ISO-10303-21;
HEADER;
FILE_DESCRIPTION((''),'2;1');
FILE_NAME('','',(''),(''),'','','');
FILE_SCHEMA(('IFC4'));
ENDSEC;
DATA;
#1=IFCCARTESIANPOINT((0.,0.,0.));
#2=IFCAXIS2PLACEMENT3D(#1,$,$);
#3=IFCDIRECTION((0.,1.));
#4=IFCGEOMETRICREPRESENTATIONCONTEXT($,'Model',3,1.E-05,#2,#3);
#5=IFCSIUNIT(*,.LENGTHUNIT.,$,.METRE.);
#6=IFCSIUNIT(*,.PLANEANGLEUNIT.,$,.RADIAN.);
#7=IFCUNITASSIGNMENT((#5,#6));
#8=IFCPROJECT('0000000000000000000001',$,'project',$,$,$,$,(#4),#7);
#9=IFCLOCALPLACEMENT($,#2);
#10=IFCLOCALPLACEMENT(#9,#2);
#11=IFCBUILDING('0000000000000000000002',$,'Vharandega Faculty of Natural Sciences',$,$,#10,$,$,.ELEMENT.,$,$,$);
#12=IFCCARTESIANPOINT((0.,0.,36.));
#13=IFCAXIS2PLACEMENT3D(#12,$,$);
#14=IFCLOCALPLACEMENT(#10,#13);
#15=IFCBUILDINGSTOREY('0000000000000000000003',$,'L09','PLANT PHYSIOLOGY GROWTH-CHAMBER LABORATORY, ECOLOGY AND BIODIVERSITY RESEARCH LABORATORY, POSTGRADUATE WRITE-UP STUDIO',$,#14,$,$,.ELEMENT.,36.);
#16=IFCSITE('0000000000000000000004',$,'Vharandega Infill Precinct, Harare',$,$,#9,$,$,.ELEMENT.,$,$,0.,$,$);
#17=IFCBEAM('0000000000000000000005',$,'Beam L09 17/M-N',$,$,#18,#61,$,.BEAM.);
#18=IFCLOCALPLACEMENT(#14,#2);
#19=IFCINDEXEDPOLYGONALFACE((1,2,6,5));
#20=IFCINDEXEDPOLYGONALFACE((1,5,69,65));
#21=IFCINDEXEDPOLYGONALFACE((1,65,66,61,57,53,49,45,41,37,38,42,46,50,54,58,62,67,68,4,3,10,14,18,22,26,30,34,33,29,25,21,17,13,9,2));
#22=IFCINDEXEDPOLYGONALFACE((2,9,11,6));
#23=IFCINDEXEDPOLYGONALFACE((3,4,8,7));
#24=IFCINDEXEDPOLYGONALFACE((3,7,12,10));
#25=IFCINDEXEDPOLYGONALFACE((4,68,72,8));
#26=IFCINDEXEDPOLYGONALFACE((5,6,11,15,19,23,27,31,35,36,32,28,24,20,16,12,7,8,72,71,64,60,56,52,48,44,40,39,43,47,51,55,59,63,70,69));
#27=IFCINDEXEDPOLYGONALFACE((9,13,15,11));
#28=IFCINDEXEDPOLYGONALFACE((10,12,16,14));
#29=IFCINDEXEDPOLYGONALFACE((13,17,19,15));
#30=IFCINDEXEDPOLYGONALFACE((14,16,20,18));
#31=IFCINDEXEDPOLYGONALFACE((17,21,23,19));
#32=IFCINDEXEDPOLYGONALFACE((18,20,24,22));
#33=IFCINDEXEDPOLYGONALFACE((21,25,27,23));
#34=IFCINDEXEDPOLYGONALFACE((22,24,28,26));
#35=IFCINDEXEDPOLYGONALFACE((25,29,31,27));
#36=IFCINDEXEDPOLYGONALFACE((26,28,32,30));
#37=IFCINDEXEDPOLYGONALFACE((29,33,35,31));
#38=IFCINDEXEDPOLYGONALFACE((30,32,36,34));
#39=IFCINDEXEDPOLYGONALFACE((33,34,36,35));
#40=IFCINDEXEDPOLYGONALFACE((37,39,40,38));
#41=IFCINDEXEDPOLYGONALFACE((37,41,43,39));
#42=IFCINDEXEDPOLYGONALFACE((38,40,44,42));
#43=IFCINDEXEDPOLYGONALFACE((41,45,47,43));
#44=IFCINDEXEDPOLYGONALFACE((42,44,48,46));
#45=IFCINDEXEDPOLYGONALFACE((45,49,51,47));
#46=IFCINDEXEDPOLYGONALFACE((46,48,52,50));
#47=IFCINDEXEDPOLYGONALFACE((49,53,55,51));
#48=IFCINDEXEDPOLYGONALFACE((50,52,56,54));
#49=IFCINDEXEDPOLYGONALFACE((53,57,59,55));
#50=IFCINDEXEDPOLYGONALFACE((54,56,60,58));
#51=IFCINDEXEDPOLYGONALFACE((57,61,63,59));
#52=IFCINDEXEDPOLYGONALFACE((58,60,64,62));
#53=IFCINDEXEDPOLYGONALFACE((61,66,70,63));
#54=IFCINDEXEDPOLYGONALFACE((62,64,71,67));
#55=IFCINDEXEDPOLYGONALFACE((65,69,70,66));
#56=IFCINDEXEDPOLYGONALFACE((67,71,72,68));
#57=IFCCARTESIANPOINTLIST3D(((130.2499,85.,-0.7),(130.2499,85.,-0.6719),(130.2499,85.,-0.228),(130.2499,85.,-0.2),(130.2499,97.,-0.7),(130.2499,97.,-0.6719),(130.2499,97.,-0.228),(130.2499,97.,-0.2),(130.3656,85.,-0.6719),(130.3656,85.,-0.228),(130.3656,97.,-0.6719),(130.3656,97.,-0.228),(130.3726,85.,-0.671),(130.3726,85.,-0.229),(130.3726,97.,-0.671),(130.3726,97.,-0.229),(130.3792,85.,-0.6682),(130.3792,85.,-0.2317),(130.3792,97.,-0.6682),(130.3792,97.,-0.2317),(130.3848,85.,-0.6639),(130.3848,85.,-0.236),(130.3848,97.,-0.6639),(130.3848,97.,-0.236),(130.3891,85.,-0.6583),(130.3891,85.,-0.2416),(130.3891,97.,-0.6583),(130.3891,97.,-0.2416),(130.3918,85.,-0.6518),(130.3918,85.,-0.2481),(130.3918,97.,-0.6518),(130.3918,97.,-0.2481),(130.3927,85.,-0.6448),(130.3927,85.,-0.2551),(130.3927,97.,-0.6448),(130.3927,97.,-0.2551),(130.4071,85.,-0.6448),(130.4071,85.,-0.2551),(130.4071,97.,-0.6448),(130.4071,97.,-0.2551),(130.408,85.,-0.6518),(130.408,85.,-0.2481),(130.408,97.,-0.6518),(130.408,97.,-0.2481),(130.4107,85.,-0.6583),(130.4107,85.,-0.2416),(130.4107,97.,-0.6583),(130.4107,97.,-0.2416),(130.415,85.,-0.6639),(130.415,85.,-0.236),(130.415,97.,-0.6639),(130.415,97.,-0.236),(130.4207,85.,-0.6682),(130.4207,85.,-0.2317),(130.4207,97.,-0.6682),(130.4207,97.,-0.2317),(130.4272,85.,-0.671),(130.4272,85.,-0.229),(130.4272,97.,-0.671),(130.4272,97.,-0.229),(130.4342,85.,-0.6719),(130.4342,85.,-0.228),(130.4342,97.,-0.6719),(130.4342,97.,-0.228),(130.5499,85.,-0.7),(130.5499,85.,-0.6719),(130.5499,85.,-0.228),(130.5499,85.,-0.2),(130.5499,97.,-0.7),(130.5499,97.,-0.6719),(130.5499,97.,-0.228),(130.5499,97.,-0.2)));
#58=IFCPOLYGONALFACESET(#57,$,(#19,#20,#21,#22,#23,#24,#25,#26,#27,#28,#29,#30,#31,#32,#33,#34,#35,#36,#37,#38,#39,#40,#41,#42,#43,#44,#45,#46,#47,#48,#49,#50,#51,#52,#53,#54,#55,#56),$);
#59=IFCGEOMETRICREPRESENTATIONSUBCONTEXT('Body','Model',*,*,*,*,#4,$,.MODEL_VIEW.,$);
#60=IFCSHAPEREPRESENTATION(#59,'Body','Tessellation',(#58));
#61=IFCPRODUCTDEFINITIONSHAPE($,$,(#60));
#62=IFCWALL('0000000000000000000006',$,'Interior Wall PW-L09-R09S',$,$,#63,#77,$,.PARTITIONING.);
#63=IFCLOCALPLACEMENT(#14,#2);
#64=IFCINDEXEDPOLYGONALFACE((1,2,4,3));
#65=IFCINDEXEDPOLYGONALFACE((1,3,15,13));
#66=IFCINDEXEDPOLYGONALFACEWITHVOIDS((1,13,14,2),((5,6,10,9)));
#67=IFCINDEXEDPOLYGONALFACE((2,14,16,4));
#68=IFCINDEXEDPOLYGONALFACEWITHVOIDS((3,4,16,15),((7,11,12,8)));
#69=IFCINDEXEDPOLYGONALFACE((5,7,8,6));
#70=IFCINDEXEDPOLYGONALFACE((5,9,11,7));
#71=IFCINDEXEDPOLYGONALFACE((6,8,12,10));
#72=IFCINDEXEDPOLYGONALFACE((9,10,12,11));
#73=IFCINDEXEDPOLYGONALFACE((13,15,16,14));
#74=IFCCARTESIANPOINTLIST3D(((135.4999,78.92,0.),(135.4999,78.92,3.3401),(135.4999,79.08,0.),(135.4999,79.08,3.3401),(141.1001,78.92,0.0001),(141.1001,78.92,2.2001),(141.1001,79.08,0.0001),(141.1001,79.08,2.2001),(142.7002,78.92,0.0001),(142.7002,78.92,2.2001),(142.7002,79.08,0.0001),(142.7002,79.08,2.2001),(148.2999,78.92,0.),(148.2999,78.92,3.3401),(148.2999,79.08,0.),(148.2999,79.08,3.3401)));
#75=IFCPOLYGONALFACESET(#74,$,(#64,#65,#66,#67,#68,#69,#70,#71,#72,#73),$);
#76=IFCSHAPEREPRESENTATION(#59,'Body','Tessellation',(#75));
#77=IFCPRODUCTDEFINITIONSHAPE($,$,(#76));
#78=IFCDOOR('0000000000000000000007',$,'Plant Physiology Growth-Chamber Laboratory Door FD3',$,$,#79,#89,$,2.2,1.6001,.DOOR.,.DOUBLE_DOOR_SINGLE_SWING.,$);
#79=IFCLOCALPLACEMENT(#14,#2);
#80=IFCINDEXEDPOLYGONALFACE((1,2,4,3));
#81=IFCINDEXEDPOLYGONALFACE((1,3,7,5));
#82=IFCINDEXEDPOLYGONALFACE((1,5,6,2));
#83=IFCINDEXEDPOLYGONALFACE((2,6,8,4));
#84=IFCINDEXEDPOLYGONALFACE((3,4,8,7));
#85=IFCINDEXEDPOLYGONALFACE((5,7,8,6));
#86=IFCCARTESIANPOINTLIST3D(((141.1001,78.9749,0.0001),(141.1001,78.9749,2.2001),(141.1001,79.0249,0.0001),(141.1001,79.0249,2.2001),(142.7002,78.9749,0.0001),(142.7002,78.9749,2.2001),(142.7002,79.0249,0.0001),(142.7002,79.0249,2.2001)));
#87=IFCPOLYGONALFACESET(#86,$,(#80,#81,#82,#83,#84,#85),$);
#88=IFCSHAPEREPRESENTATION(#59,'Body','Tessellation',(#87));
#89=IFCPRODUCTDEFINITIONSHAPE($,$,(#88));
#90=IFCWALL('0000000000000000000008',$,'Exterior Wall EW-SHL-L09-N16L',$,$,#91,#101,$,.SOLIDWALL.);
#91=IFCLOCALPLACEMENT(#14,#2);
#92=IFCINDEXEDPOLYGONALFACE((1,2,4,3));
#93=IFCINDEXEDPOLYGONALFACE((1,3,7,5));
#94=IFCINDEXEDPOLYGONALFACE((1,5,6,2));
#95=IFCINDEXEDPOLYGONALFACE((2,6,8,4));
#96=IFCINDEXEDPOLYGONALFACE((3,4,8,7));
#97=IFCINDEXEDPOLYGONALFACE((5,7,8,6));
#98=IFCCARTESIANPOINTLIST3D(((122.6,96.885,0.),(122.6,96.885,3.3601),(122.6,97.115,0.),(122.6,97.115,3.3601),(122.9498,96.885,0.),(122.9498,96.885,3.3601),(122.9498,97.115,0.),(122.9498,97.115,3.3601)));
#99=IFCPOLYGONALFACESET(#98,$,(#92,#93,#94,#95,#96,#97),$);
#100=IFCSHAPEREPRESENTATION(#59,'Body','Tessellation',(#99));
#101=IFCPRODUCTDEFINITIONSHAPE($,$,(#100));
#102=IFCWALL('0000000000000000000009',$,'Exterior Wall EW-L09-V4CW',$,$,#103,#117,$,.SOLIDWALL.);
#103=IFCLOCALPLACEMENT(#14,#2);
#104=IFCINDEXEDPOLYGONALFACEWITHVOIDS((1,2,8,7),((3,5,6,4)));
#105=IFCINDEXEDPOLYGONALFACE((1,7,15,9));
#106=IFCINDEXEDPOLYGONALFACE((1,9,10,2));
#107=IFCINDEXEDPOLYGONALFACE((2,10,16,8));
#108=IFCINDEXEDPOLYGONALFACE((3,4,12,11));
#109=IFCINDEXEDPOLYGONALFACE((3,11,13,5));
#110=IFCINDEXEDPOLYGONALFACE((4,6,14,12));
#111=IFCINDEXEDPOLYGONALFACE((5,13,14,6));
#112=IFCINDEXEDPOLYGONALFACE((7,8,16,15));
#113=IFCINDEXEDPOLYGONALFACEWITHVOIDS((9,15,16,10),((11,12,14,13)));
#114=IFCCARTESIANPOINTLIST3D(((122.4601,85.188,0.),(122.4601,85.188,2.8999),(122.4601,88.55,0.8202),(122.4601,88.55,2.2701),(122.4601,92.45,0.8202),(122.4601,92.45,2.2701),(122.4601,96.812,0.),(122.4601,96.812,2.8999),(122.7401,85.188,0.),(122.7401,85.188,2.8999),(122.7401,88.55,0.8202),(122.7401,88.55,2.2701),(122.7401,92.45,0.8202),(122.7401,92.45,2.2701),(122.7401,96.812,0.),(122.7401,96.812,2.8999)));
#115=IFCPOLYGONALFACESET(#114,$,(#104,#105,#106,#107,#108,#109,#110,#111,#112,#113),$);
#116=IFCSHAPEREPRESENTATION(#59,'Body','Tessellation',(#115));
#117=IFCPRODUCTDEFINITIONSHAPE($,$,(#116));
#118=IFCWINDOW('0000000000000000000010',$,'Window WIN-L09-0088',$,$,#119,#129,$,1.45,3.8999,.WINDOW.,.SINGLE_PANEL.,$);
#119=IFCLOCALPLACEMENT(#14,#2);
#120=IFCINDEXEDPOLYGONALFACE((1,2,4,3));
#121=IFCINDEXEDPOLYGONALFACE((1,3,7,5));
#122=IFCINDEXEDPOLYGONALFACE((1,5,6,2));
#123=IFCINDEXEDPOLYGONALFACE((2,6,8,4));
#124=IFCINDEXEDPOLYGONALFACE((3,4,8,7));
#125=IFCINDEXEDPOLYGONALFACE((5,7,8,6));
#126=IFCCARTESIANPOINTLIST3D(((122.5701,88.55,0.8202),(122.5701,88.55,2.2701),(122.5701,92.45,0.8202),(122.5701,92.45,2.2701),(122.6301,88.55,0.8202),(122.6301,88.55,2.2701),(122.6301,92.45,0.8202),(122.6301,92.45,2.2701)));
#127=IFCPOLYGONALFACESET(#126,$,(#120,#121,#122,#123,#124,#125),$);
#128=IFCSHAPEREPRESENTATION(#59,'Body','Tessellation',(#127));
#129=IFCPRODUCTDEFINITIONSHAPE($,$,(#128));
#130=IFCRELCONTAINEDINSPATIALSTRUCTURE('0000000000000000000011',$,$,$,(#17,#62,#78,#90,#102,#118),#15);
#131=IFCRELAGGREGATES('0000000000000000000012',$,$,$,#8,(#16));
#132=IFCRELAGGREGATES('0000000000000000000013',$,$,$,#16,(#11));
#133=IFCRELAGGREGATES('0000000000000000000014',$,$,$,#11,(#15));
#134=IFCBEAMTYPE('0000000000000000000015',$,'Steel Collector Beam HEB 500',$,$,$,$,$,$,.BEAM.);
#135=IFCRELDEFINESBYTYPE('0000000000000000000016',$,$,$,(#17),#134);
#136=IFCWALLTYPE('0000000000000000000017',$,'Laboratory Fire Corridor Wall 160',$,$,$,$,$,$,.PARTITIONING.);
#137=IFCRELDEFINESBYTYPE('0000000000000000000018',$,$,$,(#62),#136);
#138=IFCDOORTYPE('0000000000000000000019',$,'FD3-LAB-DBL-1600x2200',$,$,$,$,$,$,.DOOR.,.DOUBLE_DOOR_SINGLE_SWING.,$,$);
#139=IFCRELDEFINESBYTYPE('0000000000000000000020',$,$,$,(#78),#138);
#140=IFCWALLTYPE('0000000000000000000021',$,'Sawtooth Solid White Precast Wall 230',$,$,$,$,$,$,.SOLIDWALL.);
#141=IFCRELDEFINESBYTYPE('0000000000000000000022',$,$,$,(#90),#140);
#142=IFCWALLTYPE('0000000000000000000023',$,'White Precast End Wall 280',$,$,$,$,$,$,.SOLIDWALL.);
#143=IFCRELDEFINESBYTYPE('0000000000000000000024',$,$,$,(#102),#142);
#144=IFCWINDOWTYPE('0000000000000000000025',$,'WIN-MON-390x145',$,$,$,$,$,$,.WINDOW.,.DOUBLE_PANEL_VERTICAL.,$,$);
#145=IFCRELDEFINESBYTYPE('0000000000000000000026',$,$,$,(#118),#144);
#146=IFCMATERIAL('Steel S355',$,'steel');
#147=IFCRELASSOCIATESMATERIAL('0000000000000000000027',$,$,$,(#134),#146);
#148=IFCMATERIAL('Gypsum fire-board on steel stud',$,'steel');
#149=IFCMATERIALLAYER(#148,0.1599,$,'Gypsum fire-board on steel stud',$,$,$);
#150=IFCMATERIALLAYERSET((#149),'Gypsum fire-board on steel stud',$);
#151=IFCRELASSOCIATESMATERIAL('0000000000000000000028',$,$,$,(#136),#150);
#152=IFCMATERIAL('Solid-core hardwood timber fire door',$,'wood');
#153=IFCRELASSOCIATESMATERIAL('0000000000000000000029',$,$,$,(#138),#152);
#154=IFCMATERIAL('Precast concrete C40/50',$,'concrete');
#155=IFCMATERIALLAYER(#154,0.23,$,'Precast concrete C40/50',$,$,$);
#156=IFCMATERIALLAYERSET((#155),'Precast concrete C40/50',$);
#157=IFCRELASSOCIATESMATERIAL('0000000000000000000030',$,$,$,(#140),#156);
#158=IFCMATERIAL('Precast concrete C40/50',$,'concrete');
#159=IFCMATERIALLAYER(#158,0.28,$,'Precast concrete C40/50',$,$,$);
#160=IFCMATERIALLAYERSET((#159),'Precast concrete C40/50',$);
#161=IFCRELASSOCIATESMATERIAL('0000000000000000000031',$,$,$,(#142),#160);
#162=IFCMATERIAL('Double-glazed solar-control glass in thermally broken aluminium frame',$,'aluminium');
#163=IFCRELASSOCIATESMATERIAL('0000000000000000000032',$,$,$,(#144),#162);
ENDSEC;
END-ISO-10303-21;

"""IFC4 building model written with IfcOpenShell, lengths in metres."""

from ifc_helpers import new_model, si_unit, direction, frame, frame_2d, origin, origin_2d, place, context, subcontext, project, spatial, rectangle, i_section, extrude, material, layer, layer_set, material_profile, profile_set, type_object, element, fill, save


model = new_model("IFC4")

# Units and contexts
model_context = context("Model", 3, precision=1e-05, world=origin(), true_north=direction((0.0, 1.0)))
body_context = subcontext(model_context, "Body", "Model", "MODEL_VIEW")
ifc_project = project(units=[si_unit("LENGTHUNIT", "METRE"), si_unit("PLANEANGLEUNIT", "RADIAN")], contexts=[model_context])

# Site, building, storey
site_placement = place(None, origin())
site = spatial("IfcSite", under=ifc_project, at=site_placement, Name="Vharandega Infill Precinct, Harare", CompositionType="ELEMENT", RefElevation=0.0)
building_placement = place(site_placement, origin())
building = spatial("IfcBuilding", under=site, at=building_placement, Name="Vharandega Faculty of Natural Sciences", CompositionType="ELEMENT")
storey_placement = place(building_placement, frame((0.0, 0.0, 36.0)))
storey = spatial("IfcBuildingStorey", under=building, at=storey_placement, Name="L09", Description="PLANT PHYSIOLOGY GROWTH-CHAMBER LABORATORY, ECOLOGY AND BIODIVERSITY RESEARCH LABORATORY, POSTGRADUATE WRITE-UP STUDIO", CompositionType="ELEMENT", Elevation=36.0)

# Beam
ifc_material_1 = material(Name="Steel S355", Category="steel")
ifc_material_profile_1 = material_profile(ifc_material_1, i_section(OverallWidth=0.3, OverallDepth=0.5, WebThickness=0.0144, FlangeThickness=0.0281, FilletRadius=0.0271, at=origin_2d()), Name="HEB 500")
ifc_profile_set_1 = profile_set([ifc_material_profile_1], Name="Steel S355")
beam_type_1 = type_object("IfcBeamType", Name="Steel Collector Beam HEB 500", PredefinedType="BEAM", material=ifc_profile_set_1)
for number, where, z_axis, x_axis, name in (
    (1, (130.3999, 85.0, -0.45), (0.0, 1.0, 0.0), (-1.0, 0.0, 0.0), "Beam L09 17/M-N"),
):
    element("IfcBeam", number, at=place(storey_placement, frame(where, z_axis=z_axis, x_axis=x_axis)), inside=storey, type_object=beam_type_1, Name=name, PredefinedType="BEAM", context=body_context, shape_type="SweptSolid", body=[
        extrude(i_section(OverallWidth=0.3, OverallDepth=0.5, WebThickness=0.0144, FlangeThickness=0.0281, FilletRadius=0.0271, at=origin_2d()), origin(), (0.0, 0.0, 1.0), 12.0),
    ])

# Wall, opening, door
ifc_material_2 = material(Name="Gypsum fire-board on steel stud", Category="steel")
ifc_layer_1 = layer(ifc_material_2, 0.1599, Name="Gypsum fire-board on steel stud")
ifc_layer_set_1 = layer_set([ifc_layer_1], Name="Gypsum fire-board on steel stud")
wall_type_1 = type_object("IfcWallType", Name="Laboratory Fire Corridor Wall 160", PredefinedType="PARTITIONING", material=ifc_layer_set_1)
wall_1_placement = place(storey_placement, frame((135.5, 79.0, 0.0), z_axis=(0.0, 0.0, 1.0), x_axis=(1.0, 0.0, 0.0)))
wall_1 = element("IfcWall", 2, at=wall_1_placement, inside=storey, type_object=wall_type_1, Name="Interior Wall PW-L09-R09S", PredefinedType="PARTITIONING", context=body_context, shape_type="SweptSolid", body=[
    extrude(rectangle(XDim=12.8, YDim=0.1599, at=frame_2d((6.3999, 0.0))), origin(), (0.0, 0.0, 1.0), 3.3401),
])
opening_1_placement = place(wall_1_placement, frame((5.6001, 0.0, 0.0)))
opening_1 = element("IfcOpeningElement", 3, at=opening_1_placement, cuts=wall_1, PredefinedType="OPENING", context=body_context, shape_type="SweptSolid", body=[
    extrude(rectangle(XDim=1.6001, YDim=2.2, at=frame_2d((0.8, 1.1001))), frame((0.0, 0.0898, 0.0), z_axis=(0.0, -1.0, 0.0), x_axis=(1.0, 0.0, 0.0)), (0.0, 0.0, 1.0), 0.1799),
])
ifc_material_3 = material(Name="Solid-core hardwood timber fire door", Category="wood")
door_type = type_object("IfcDoorType", Name="FD3-LAB-DBL-1600x2200", OperationType="DOUBLE_DOOR_SINGLE_SWING", PredefinedType="DOOR", material=ifc_material_3)
door_placement = place(opening_1_placement, origin())
door = element("IfcDoor", 4, at=door_placement, inside=storey, type_object=door_type, Name="Plant Physiology Growth-Chamber Laboratory Door FD3", OperationType="DOUBLE_DOOR_SINGLE_SWING", OverallHeight=2.2, OverallWidth=1.6001, PredefinedType="DOOR", context=body_context, shape_type="SweptSolid", body=[
    extrude(rectangle(XDim=1.6001, YDim=2.2, at=frame_2d((0.8, 1.1001))), frame((0.0, 0.0249, 0.0), z_axis=(0.0, -1.0, 0.0), x_axis=(1.0, 0.0, 0.0)), (0.0, 0.0, 1.0), 0.05),
])
fill(opening_1, door)

# Wall
ifc_material_4 = material(Name="Precast concrete C40/50", Category="concrete")
ifc_layer_2 = layer(ifc_material_4, 0.23, Name="Precast concrete C40/50")
ifc_layer_set_2 = layer_set([ifc_layer_2], Name="Precast concrete C40/50")
wall_type_2 = type_object("IfcWallType", Name="Sawtooth Solid White Precast Wall 230", PredefinedType="SOLIDWALL", material=ifc_layer_set_2)
wall_2_placement = place(storey_placement, frame((122.6001, 97.0, 0.0), z_axis=(0.0, 0.0, 1.0), x_axis=(1.0, 0.0, 0.0)))
element("IfcWall", 5, at=wall_2_placement, inside=storey, type_object=wall_type_2, Name="Exterior Wall EW-SHL-L09-N16L", PredefinedType="SOLIDWALL", context=body_context, shape_type="SweptSolid", body=[
    extrude(rectangle(XDim=0.3499, YDim=0.23, at=frame_2d((0.1748, 0.0))), origin(), (0.0, 0.0, 1.0), 3.3601),
])

# Wall, opening, window
ifc_material_5 = material(Name="Precast concrete C40/50", Category="concrete")
ifc_layer_3 = layer(ifc_material_5, 0.28, Name="Precast concrete C40/50")
ifc_layer_set_3 = layer_set([ifc_layer_3], Name="Precast concrete C40/50")
wall_type_3 = type_object("IfcWallType", Name="White Precast End Wall 280", PredefinedType="SOLIDWALL", material=ifc_layer_set_3)
wall_3_placement = place(storey_placement, frame((122.6001, 85.188, 0.0), z_axis=(0.0, 0.0, 1.0), x_axis=(0.0, 1.0, 0.0)))
wall_3 = element("IfcWall", 6, at=wall_3_placement, inside=storey, type_object=wall_type_3, Name="Exterior Wall EW-L09-V4CW", PredefinedType="SOLIDWALL", context=body_context, shape_type="SweptSolid", body=[
    extrude(rectangle(XDim=11.624, YDim=0.28, at=frame_2d((5.812, 0.0))), origin(), (0.0, 0.0, 1.0), 2.8999),
])
opening_2_placement = place(wall_3_placement, frame((3.3621, 0.0, 0.8201)))
opening_2 = element("IfcOpeningElement", 7, at=opening_2_placement, cuts=wall_3, PredefinedType="OPENING", context=body_context, shape_type="SweptSolid", body=[
    extrude(rectangle(XDim=3.8999, YDim=1.45, at=frame_2d((1.95, 0.7251))), frame((0.0, 0.1499, 0.0), z_axis=(0.0, -1.0, 0.0), x_axis=(1.0, 0.0, 0.0)), (0.0, 0.0, 1.0), 0.3),
])
ifc_material_6 = material(Name="Double-glazed solar-control glass in thermally broken aluminium frame", Category="aluminium")
window_type = type_object("IfcWindowType", Name="WIN-MON-390x145", PartitioningType="DOUBLE_PANEL_VERTICAL", PredefinedType="WINDOW", material=ifc_material_6)
window_placement = place(opening_2_placement, origin())
window = element("IfcWindow", 8, at=window_placement, inside=storey, type_object=window_type, Name="Window WIN-L09-0088", OverallHeight=1.45, OverallWidth=3.8999, PartitioningType="SINGLE_PANEL", PredefinedType="WINDOW", context=body_context, shape_type="SweptSolid", body=[
    extrude(rectangle(XDim=3.8999, YDim=1.45, at=frame_2d((1.95, 0.7251))), frame((0.0, 0.03, 0.0), z_axis=(0.0, -1.0, 0.0), x_axis=(1.0, 0.0, 0.0)), (0.0, 0.0, 1.0), 0.0601),
])
fill(opening_2, window)

save(model, "model.ifc")
